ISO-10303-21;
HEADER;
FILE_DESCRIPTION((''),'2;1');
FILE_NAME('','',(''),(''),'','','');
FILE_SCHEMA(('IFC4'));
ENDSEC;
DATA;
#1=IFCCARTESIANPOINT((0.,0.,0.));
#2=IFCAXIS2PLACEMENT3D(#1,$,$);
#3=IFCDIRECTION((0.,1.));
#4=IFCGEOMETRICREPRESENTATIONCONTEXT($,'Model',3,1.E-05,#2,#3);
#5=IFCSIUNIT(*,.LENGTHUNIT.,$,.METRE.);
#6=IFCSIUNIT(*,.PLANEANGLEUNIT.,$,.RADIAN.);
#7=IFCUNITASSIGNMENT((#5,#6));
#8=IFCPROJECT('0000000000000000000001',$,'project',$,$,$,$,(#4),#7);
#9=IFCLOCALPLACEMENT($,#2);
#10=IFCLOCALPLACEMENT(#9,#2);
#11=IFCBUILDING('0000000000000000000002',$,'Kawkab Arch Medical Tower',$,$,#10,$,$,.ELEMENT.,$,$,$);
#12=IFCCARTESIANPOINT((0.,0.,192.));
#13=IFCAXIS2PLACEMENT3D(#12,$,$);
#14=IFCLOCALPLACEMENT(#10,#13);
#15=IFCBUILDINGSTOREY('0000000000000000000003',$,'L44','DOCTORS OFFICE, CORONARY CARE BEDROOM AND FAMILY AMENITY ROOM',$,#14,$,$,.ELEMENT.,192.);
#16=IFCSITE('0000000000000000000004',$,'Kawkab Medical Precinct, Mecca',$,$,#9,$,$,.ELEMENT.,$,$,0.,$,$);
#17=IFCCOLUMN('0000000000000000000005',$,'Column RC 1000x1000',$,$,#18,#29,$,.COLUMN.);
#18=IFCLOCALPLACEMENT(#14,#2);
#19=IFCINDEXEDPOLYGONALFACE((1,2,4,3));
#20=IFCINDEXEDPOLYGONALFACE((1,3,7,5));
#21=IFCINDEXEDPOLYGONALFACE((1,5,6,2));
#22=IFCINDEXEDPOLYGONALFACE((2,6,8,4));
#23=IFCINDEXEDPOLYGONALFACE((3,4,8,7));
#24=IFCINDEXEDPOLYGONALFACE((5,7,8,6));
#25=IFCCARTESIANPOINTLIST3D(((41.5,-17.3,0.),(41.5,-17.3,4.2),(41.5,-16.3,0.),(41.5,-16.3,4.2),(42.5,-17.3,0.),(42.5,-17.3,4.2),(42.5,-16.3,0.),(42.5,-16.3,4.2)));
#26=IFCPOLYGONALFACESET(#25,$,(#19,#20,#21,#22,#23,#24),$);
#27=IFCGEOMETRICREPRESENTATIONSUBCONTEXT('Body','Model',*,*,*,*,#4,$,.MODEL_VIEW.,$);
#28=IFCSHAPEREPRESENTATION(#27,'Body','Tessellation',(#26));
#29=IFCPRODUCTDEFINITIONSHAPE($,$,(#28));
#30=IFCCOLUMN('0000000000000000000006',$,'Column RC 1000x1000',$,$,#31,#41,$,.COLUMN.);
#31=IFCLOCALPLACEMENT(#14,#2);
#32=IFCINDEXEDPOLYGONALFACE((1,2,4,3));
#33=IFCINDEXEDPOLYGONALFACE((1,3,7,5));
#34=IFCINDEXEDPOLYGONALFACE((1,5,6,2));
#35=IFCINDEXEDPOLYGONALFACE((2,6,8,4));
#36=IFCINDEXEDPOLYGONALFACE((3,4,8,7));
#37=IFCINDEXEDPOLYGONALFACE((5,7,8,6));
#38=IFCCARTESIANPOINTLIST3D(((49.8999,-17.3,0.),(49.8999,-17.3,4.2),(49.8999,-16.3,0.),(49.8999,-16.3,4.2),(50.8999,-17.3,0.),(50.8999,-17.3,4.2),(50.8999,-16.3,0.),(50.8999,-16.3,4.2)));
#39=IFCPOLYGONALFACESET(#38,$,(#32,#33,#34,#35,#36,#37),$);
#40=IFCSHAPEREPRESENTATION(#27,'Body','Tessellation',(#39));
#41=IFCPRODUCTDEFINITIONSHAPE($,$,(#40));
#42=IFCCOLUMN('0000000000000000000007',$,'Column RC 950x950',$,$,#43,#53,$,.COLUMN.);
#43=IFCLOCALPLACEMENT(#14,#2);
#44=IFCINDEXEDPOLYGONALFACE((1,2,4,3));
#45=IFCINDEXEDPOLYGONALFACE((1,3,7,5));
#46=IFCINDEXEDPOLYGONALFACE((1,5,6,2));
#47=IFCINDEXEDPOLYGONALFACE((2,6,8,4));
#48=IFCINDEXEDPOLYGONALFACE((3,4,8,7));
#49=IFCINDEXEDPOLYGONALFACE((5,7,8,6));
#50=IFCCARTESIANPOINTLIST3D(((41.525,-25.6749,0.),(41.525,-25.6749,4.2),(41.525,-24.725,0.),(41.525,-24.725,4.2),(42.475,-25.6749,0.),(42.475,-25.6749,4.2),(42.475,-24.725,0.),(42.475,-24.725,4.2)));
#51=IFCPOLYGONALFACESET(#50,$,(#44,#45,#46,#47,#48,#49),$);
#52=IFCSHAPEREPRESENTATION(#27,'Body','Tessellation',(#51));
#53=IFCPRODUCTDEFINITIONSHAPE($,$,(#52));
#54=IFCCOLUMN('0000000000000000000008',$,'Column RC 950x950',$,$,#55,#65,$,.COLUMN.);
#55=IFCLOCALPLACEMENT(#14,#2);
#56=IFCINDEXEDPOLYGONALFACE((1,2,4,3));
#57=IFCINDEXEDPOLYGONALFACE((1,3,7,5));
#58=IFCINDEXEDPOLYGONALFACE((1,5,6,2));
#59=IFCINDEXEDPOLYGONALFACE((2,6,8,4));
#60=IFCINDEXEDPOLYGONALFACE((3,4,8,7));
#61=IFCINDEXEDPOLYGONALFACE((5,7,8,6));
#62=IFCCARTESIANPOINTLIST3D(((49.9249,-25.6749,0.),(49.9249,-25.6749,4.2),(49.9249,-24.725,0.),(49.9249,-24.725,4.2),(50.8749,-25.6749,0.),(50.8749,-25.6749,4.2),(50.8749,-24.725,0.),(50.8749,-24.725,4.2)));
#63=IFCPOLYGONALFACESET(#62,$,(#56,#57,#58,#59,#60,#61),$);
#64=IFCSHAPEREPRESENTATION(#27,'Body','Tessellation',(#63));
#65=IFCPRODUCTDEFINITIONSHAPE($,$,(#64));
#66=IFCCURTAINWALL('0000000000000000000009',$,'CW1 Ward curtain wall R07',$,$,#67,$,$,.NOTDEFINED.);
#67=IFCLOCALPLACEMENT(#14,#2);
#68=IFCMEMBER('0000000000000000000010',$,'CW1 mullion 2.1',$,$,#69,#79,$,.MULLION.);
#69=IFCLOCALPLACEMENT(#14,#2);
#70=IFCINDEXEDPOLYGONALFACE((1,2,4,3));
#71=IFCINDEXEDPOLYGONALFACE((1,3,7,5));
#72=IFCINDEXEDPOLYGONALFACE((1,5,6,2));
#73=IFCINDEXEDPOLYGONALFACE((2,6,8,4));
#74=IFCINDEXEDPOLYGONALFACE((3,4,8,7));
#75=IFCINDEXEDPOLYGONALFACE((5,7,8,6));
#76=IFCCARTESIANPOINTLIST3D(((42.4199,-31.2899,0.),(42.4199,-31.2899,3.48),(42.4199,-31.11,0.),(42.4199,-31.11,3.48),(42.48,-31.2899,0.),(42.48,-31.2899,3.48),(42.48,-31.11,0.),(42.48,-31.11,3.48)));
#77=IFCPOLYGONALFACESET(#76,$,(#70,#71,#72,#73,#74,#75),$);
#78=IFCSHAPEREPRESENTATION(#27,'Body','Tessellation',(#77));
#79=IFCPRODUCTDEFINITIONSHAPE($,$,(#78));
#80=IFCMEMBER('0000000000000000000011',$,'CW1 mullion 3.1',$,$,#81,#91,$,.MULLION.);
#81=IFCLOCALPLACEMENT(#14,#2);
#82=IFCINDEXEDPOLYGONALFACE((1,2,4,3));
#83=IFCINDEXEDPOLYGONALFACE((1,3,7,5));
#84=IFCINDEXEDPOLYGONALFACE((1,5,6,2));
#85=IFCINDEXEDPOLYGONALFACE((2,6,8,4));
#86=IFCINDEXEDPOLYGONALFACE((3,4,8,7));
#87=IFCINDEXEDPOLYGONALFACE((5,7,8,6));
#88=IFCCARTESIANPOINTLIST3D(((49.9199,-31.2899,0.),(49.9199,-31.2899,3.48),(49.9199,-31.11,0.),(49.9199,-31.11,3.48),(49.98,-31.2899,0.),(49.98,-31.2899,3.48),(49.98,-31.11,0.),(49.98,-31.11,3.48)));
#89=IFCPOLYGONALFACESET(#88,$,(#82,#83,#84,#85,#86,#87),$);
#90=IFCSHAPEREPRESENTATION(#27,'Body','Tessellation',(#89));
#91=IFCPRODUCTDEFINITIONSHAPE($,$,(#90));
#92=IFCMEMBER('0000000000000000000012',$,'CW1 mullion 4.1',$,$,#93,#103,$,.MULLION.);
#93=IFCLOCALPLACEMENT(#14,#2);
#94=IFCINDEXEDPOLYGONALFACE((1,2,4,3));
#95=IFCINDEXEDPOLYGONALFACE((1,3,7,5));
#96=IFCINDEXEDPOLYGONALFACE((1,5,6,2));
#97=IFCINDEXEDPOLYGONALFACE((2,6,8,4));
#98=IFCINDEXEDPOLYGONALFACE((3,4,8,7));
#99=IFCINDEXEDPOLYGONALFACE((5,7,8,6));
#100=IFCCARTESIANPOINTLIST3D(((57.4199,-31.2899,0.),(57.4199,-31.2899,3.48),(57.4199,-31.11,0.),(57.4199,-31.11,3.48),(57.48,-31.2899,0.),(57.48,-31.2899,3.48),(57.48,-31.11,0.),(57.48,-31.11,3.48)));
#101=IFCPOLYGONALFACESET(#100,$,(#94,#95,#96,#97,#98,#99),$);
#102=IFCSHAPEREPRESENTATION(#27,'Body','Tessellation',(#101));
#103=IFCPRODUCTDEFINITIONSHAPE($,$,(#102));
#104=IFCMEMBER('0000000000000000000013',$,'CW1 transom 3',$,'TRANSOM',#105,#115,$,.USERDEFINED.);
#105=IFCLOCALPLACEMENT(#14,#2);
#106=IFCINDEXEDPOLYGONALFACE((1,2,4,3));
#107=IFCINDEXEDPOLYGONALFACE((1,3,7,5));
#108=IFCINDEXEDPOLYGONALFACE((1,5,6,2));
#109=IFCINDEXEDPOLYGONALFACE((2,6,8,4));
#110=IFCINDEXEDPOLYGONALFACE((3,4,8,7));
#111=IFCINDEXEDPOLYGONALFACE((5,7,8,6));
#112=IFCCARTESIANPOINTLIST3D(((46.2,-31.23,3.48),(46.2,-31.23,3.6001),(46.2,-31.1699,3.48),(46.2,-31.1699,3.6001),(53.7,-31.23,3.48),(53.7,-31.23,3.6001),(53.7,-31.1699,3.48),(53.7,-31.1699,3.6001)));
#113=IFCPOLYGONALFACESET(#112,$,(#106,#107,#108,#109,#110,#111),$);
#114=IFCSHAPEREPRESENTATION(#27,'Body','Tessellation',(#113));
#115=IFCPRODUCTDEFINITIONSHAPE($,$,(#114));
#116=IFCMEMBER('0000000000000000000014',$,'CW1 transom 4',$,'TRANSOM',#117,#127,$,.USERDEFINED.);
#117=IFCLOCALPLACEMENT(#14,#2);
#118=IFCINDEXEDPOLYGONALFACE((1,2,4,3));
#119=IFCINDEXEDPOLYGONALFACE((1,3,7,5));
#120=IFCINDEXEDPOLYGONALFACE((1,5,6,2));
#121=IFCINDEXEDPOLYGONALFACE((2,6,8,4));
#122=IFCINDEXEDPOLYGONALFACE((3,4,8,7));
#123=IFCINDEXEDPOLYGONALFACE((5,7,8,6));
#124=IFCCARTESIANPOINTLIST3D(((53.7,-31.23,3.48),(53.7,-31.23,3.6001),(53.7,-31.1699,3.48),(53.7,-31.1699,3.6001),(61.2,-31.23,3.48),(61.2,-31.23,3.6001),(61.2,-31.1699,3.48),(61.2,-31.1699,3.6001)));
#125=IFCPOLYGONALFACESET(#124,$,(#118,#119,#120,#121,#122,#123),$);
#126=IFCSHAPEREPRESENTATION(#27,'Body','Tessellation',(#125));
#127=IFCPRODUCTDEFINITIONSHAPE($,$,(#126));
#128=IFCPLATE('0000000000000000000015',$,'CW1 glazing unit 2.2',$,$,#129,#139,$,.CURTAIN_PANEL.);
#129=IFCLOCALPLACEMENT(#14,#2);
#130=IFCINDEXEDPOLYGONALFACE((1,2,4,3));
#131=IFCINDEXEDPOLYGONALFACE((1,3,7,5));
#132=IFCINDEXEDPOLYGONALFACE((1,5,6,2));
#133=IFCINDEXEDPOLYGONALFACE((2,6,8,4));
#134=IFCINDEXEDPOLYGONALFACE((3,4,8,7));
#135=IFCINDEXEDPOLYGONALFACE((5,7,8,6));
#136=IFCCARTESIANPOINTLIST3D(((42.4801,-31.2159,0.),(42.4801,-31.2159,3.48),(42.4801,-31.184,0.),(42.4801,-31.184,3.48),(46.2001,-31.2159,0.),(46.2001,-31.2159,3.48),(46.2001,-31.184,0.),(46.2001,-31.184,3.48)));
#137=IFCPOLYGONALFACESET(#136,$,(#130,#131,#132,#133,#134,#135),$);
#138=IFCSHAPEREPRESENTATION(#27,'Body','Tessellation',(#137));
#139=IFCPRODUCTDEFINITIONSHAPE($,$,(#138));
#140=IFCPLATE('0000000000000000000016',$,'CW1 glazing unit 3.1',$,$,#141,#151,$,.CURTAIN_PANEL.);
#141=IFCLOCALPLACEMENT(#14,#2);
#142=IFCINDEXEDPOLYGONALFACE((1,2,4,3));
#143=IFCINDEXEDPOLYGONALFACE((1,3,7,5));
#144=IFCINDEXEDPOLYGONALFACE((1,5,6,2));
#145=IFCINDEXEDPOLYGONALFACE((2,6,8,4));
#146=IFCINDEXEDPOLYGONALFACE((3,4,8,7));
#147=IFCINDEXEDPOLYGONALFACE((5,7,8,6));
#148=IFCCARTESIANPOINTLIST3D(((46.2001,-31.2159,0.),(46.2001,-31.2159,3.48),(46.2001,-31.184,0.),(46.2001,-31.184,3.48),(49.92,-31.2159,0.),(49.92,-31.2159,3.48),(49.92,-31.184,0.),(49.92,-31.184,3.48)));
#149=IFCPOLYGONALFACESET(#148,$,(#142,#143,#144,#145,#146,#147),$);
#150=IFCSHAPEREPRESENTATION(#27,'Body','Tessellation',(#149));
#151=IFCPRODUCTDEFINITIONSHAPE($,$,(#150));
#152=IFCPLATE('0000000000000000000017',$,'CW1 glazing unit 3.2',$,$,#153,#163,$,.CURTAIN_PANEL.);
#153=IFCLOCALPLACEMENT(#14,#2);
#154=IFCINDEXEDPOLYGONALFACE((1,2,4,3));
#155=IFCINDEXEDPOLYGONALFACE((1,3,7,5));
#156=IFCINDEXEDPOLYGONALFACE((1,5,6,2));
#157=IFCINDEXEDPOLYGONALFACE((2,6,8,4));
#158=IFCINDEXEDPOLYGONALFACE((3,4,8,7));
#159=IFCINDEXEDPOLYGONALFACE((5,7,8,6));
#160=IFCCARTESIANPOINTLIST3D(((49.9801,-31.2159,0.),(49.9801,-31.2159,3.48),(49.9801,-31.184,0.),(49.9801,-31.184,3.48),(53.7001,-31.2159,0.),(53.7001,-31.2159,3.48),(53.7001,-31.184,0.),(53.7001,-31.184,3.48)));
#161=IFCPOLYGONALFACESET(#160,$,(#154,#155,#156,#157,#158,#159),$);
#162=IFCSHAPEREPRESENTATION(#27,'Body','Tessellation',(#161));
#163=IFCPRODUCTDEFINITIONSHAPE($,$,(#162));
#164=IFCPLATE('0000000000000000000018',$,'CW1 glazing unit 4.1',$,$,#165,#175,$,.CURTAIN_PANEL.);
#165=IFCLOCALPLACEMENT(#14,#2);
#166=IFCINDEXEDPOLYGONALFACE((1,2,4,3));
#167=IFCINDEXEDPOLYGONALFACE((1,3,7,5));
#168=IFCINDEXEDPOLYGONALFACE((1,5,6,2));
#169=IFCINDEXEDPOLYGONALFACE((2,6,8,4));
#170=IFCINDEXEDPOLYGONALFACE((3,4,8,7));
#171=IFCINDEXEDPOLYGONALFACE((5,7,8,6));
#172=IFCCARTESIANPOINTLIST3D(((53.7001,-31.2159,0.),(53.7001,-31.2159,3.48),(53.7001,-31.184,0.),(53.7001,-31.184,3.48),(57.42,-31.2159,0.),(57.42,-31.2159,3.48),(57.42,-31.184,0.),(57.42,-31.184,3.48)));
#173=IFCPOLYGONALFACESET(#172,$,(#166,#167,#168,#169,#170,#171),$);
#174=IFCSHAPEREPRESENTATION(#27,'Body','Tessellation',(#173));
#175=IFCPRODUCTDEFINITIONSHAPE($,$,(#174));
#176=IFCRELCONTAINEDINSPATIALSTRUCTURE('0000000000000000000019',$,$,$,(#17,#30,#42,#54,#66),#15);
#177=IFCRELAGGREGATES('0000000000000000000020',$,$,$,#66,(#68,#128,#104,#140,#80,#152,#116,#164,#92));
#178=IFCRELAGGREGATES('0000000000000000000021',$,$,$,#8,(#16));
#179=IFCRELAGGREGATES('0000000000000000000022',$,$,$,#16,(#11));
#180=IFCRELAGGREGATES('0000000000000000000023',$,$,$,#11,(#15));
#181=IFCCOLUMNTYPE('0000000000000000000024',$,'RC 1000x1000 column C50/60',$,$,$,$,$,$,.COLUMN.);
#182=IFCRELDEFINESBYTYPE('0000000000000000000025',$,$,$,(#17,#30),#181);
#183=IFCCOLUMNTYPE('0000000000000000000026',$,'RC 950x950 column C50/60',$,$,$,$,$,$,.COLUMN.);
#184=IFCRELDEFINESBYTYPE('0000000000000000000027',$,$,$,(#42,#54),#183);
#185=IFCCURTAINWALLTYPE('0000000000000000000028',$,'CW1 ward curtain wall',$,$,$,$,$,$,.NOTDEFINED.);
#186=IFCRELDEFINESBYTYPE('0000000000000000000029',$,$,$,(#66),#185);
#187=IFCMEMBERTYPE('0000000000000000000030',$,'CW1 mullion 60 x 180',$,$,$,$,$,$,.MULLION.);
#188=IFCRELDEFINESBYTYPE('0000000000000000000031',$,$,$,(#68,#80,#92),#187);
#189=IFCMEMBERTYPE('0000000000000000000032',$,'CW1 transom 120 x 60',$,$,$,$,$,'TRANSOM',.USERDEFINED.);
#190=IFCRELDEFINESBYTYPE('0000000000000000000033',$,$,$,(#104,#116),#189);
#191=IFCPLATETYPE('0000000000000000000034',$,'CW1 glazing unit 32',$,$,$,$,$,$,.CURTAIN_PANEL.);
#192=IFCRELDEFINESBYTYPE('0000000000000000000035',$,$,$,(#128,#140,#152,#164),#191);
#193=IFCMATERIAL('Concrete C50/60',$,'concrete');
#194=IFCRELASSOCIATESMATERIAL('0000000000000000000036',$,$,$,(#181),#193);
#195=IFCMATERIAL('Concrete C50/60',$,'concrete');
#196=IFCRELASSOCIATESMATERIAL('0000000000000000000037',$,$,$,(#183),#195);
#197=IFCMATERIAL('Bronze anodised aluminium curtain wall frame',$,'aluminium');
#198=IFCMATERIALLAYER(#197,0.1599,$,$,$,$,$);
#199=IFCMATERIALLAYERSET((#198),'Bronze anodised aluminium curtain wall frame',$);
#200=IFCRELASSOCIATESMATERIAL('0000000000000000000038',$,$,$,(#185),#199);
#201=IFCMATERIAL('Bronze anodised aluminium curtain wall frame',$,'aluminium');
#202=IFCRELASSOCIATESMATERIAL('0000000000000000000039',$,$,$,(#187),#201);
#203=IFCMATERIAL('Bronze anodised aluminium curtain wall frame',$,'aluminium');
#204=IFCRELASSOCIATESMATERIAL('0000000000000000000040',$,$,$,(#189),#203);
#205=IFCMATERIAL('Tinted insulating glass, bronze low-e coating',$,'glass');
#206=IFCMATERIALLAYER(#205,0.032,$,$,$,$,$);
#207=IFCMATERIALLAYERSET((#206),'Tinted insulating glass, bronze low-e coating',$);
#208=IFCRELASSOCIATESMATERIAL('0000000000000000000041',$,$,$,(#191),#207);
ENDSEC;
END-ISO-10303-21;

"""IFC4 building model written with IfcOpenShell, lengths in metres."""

from ifc_helpers import new_model, si_unit, direction, frame, origin, origin_2d, place, context, subcontext, project, spatial, rectangle, extrude, material, layer, layer_set, material_profile, profile_set, type_object, element, aggregate, save


model = new_model("IFC4")

# Units and contexts
model_context = context("Model", 3, precision=1e-05, world=origin(), true_north=direction((0.0, 1.0)))
body_context = subcontext(model_context, "Body", "Model", "MODEL_VIEW")
ifc_project = project(units=[si_unit("LENGTHUNIT", "METRE"), si_unit("PLANEANGLEUNIT", "RADIAN")], contexts=[model_context])

# Site, building, storey
site_placement = place(None, origin())
site = spatial("IfcSite", under=ifc_project, at=site_placement, Name="Kawkab Medical Precinct, Mecca", CompositionType="ELEMENT", RefElevation=0.0)
building_placement = place(site_placement, origin())
building = spatial("IfcBuilding", under=site, at=building_placement, Name="Kawkab Arch Medical Tower", CompositionType="ELEMENT")
storey_placement = place(building_placement, frame((0.0, 0.0, 192.0)))
storey = spatial("IfcBuildingStorey", under=building, at=storey_placement, Name="L44", Description="DOCTORS OFFICE, CORONARY CARE BEDROOM AND FAMILY AMENITY ROOM", CompositionType="ELEMENT", Elevation=192.0)

# Columns
ifc_material_1 = material(Name="Concrete C50/60", Category="concrete")
ifc_material_profile_1 = material_profile(ifc_material_1, rectangle(XDim=1.0, YDim=1.0, at=origin_2d()), Name="RC 1000x1000")
ifc_profile_set_1 = profile_set([ifc_material_profile_1], Name="Concrete C50/60")
column_type_1 = type_object("IfcColumnType", Name="RC 1000x1000 column C50/60", PredefinedType="COLUMN", material=ifc_profile_set_1)
for number, where, z_axis, x_axis, name in (
    (1, (42.0, -16.8, 0.0), (0.0, 0.0, 1.0), (1.0, 0.0, 0.0), "Column RC 1000x1000"),
    (2, (50.3999, -16.8, 0.0), (0.0, 0.0, 1.0), (1.0, 0.0, 0.0), "Column RC 1000x1000"),
):
    element("IfcColumn", number, at=place(storey_placement, frame(where, z_axis=z_axis, x_axis=x_axis)), inside=storey, type_object=column_type_1, Name=name, PredefinedType="COLUMN", context=body_context, shape_type="SweptSolid", body=[
        extrude(rectangle(XDim=1.0, YDim=1.0, at=origin_2d()), origin(), (0.0, 0.0, 1.0), 4.2),
    ])
ifc_material_2 = material(Name="Concrete C50/60", Category="concrete")
ifc_material_profile_2 = material_profile(ifc_material_2, rectangle(XDim=0.95, YDim=0.95, at=origin_2d()), Name="RC 950x950")
ifc_profile_set_2 = profile_set([ifc_material_profile_2], Name="Concrete C50/60")
column_type_2 = type_object("IfcColumnType", Name="RC 950x950 column C50/60", PredefinedType="COLUMN", material=ifc_profile_set_2)
for number, where, z_axis, x_axis, name in (
    (3, (42.0, -25.2, 0.0), (0.0, 0.0, 1.0), (1.0, 0.0, 0.0), "Column RC 950x950"),
    (4, (50.3999, -25.2, 0.0), (0.0, 0.0, 1.0), (1.0, 0.0, 0.0), "Column RC 950x950"),
):
    element("IfcColumn", number, at=place(storey_placement, frame(where, z_axis=z_axis, x_axis=x_axis)), inside=storey, type_object=column_type_2, Name=name, PredefinedType="COLUMN", context=body_context, shape_type="SweptSolid", body=[
        extrude(rectangle(XDim=0.95, YDim=0.95, at=origin_2d()), origin(), (0.0, 0.0, 1.0), 4.2),
    ])

# Curtain wall, members, plates
ifc_material_3 = material(Name="Bronze anodised aluminium curtain wall frame", Category="aluminium")
ifc_layer_1 = layer(ifc_material_3, 0.1599)
ifc_layer_set_1 = layer_set([ifc_layer_1], Name="Bronze anodised aluminium curtain wall frame")
curtain_wall_type = type_object("IfcCurtainWallType", Name="CW1 ward curtain wall", PredefinedType="NOTDEFINED", material=ifc_layer_set_1)
curtain_wall_placement = place(storey_placement, origin())
curtain_wall = element("IfcCurtainWall", 5, at=curtain_wall_placement, inside=storey, type_object=curtain_wall_type, Name="CW1 Ward curtain wall R07", PredefinedType="NOTDEFINED")
ifc_material_4 = material(Name="Bronze anodised aluminium curtain wall frame", Category="aluminium")
ifc_material_profile_3 = material_profile(ifc_material_4, rectangle(XDim=0.1799, YDim=0.0601, at=origin_2d()), Name="AL 60x180")
ifc_profile_set_3 = profile_set([ifc_material_profile_3], Name="Bronze anodised aluminium curtain wall frame")
member_type_1 = type_object("IfcMemberType", Name="CW1 mullion 60 x 180", PredefinedType="MULLION", material=ifc_profile_set_3)
member_1_placement = place(storey_placement, frame((42.45, -31.2, 0.0), z_axis=(0.0, 0.0, 1.0), x_axis=(0.0, 1.0, 0.0)))
member_1 = element("IfcMember", 6, at=member_1_placement, type_object=member_type_1, Name="CW1 mullion 2.1", PredefinedType="MULLION", context=body_context, shape_type="SweptSolid", body=[
    extrude(rectangle(XDim=0.1799, YDim=0.0601, at=origin_2d()), origin(), (0.0, 0.0, 1.0), 3.48),
])
member_2_placement = place(storey_placement, frame((49.95, -31.2, 0.0), z_axis=(0.0, 0.0, 1.0), x_axis=(0.0, 1.0, 0.0)))
member_2 = element("IfcMember", 7, at=member_2_placement, type_object=member_type_1, Name="CW1 mullion 3.1", PredefinedType="MULLION", context=body_context, shape_type="SweptSolid", body=[
    extrude(rectangle(XDim=0.1799, YDim=0.0601, at=origin_2d()), origin(), (0.0, 0.0, 1.0), 3.48),
])
member_3_placement = place(storey_placement, frame((57.45, -31.2, 0.0), z_axis=(0.0, 0.0, 1.0), x_axis=(0.0, 1.0, 0.0)))
member_3 = element("IfcMember", 8, at=member_3_placement, type_object=member_type_1, Name="CW1 mullion 4.1", PredefinedType="MULLION", context=body_context, shape_type="SweptSolid", body=[
    extrude(rectangle(XDim=0.1799, YDim=0.0601, at=origin_2d()), origin(), (0.0, 0.0, 1.0), 3.48),
])
ifc_material_5 = material(Name="Bronze anodised aluminium curtain wall frame", Category="aluminium")
ifc_material_profile_4 = material_profile(ifc_material_5, rectangle(XDim=0.0601, YDim=0.1201, at=origin_2d()), Name="AL 60x120")
ifc_profile_set_4 = profile_set([ifc_material_profile_4], Name="Bronze anodised aluminium curtain wall frame")
member_type_2 = type_object("IfcMemberType", Name="CW1 transom 120 x 60", ElementType="TRANSOM", PredefinedType="USERDEFINED", material=ifc_profile_set_4)
member_4_placement = place(storey_placement, frame((46.2, -31.2, 3.54), z_axis=(1.0, 0.0, 0.0), x_axis=(0.0, 1.0, 0.0)))
member_4 = element("IfcMember", 9, at=member_4_placement, type_object=member_type_2, Name="CW1 transom 3", ObjectType="TRANSOM", PredefinedType="USERDEFINED", context=body_context, shape_type="SweptSolid", body=[
    extrude(rectangle(XDim=0.0601, YDim=0.1201, at=origin_2d()), origin(), (0.0, 0.0, 1.0), 7.5),
])
member_5_placement = place(storey_placement, frame((53.7, -31.2, 3.54), z_axis=(1.0, 0.0, 0.0), x_axis=(0.0, 1.0, 0.0)))
member_5 = element("IfcMember", 10, at=member_5_placement, type_object=member_type_2, Name="CW1 transom 4", ObjectType="TRANSOM", PredefinedType="USERDEFINED", context=body_context, shape_type="SweptSolid", body=[
    extrude(rectangle(XDim=0.0601, YDim=0.1201, at=origin_2d()), origin(), (0.0, 0.0, 1.0), 7.5),
])
ifc_material_6 = material(Name="Tinted insulating glass, bronze low-e coating", Category="glass")
ifc_layer_2 = layer(ifc_material_6, 0.032)
ifc_layer_set_2 = layer_set([ifc_layer_2], Name="Tinted insulating glass, bronze low-e coating")
plate_type = type_object("IfcPlateType", Name="CW1 glazing unit 32", PredefinedType="CURTAIN_PANEL", material=ifc_layer_set_2)
plate_1_placement = place(storey_placement, frame((44.3401, -31.2, 0.0), z_axis=(0.0, 0.0, 1.0), x_axis=(1.0, 0.0, 0.0)))
plate_1 = element("IfcPlate", 11, at=plate_1_placement, type_object=plate_type, Name="CW1 glazing unit 2.2", PredefinedType="CURTAIN_PANEL", context=body_context, shape_type="SweptSolid", body=[
    extrude(rectangle(XDim=3.72, YDim=0.032, at=origin_2d()), origin(), (0.0, 0.0, 1.0), 3.48),
])
plate_2_placement = place(storey_placement, frame((48.0601, -31.2, 0.0), z_axis=(0.0, 0.0, 1.0), x_axis=(1.0, 0.0, 0.0)))
plate_2 = element("IfcPlate", 12, at=plate_2_placement, type_object=plate_type, Name="CW1 glazing unit 3.1", PredefinedType="CURTAIN_PANEL", context=body_context, shape_type="SweptSolid", body=[
    extrude(rectangle(XDim=3.72, YDim=0.032, at=origin_2d()), origin(), (0.0, 0.0, 1.0), 3.48),
])
plate_3_placement = place(storey_placement, frame((51.8401, -31.2, 0.0), z_axis=(0.0, 0.0, 1.0), x_axis=(1.0, 0.0, 0.0)))
plate_3 = element("IfcPlate", 13, at=plate_3_placement, type_object=plate_type, Name="CW1 glazing unit 3.2", PredefinedType="CURTAIN_PANEL", context=body_context, shape_type="SweptSolid", body=[
    extrude(rectangle(XDim=3.72, YDim=0.032, at=origin_2d()), origin(), (0.0, 0.0, 1.0), 3.48),
])
plate_4_placement = place(storey_placement, frame((55.5601, -31.2, 0.0), z_axis=(0.0, 0.0, 1.0), x_axis=(1.0, 0.0, 0.0)))
plate_4 = element("IfcPlate", 14, at=plate_4_placement, type_object=plate_type, Name="CW1 glazing unit 4.1", PredefinedType="CURTAIN_PANEL", context=body_context, shape_type="SweptSolid", body=[
    extrude(rectangle(XDim=3.72, YDim=0.032, at=origin_2d()), origin(), (0.0, 0.0, 1.0), 3.48),
])
aggregate(curtain_wall, [member_1, plate_1, member_4, plate_2, member_2, plate_3, member_5, plate_4, member_3])

save(model, "model.ifc")
